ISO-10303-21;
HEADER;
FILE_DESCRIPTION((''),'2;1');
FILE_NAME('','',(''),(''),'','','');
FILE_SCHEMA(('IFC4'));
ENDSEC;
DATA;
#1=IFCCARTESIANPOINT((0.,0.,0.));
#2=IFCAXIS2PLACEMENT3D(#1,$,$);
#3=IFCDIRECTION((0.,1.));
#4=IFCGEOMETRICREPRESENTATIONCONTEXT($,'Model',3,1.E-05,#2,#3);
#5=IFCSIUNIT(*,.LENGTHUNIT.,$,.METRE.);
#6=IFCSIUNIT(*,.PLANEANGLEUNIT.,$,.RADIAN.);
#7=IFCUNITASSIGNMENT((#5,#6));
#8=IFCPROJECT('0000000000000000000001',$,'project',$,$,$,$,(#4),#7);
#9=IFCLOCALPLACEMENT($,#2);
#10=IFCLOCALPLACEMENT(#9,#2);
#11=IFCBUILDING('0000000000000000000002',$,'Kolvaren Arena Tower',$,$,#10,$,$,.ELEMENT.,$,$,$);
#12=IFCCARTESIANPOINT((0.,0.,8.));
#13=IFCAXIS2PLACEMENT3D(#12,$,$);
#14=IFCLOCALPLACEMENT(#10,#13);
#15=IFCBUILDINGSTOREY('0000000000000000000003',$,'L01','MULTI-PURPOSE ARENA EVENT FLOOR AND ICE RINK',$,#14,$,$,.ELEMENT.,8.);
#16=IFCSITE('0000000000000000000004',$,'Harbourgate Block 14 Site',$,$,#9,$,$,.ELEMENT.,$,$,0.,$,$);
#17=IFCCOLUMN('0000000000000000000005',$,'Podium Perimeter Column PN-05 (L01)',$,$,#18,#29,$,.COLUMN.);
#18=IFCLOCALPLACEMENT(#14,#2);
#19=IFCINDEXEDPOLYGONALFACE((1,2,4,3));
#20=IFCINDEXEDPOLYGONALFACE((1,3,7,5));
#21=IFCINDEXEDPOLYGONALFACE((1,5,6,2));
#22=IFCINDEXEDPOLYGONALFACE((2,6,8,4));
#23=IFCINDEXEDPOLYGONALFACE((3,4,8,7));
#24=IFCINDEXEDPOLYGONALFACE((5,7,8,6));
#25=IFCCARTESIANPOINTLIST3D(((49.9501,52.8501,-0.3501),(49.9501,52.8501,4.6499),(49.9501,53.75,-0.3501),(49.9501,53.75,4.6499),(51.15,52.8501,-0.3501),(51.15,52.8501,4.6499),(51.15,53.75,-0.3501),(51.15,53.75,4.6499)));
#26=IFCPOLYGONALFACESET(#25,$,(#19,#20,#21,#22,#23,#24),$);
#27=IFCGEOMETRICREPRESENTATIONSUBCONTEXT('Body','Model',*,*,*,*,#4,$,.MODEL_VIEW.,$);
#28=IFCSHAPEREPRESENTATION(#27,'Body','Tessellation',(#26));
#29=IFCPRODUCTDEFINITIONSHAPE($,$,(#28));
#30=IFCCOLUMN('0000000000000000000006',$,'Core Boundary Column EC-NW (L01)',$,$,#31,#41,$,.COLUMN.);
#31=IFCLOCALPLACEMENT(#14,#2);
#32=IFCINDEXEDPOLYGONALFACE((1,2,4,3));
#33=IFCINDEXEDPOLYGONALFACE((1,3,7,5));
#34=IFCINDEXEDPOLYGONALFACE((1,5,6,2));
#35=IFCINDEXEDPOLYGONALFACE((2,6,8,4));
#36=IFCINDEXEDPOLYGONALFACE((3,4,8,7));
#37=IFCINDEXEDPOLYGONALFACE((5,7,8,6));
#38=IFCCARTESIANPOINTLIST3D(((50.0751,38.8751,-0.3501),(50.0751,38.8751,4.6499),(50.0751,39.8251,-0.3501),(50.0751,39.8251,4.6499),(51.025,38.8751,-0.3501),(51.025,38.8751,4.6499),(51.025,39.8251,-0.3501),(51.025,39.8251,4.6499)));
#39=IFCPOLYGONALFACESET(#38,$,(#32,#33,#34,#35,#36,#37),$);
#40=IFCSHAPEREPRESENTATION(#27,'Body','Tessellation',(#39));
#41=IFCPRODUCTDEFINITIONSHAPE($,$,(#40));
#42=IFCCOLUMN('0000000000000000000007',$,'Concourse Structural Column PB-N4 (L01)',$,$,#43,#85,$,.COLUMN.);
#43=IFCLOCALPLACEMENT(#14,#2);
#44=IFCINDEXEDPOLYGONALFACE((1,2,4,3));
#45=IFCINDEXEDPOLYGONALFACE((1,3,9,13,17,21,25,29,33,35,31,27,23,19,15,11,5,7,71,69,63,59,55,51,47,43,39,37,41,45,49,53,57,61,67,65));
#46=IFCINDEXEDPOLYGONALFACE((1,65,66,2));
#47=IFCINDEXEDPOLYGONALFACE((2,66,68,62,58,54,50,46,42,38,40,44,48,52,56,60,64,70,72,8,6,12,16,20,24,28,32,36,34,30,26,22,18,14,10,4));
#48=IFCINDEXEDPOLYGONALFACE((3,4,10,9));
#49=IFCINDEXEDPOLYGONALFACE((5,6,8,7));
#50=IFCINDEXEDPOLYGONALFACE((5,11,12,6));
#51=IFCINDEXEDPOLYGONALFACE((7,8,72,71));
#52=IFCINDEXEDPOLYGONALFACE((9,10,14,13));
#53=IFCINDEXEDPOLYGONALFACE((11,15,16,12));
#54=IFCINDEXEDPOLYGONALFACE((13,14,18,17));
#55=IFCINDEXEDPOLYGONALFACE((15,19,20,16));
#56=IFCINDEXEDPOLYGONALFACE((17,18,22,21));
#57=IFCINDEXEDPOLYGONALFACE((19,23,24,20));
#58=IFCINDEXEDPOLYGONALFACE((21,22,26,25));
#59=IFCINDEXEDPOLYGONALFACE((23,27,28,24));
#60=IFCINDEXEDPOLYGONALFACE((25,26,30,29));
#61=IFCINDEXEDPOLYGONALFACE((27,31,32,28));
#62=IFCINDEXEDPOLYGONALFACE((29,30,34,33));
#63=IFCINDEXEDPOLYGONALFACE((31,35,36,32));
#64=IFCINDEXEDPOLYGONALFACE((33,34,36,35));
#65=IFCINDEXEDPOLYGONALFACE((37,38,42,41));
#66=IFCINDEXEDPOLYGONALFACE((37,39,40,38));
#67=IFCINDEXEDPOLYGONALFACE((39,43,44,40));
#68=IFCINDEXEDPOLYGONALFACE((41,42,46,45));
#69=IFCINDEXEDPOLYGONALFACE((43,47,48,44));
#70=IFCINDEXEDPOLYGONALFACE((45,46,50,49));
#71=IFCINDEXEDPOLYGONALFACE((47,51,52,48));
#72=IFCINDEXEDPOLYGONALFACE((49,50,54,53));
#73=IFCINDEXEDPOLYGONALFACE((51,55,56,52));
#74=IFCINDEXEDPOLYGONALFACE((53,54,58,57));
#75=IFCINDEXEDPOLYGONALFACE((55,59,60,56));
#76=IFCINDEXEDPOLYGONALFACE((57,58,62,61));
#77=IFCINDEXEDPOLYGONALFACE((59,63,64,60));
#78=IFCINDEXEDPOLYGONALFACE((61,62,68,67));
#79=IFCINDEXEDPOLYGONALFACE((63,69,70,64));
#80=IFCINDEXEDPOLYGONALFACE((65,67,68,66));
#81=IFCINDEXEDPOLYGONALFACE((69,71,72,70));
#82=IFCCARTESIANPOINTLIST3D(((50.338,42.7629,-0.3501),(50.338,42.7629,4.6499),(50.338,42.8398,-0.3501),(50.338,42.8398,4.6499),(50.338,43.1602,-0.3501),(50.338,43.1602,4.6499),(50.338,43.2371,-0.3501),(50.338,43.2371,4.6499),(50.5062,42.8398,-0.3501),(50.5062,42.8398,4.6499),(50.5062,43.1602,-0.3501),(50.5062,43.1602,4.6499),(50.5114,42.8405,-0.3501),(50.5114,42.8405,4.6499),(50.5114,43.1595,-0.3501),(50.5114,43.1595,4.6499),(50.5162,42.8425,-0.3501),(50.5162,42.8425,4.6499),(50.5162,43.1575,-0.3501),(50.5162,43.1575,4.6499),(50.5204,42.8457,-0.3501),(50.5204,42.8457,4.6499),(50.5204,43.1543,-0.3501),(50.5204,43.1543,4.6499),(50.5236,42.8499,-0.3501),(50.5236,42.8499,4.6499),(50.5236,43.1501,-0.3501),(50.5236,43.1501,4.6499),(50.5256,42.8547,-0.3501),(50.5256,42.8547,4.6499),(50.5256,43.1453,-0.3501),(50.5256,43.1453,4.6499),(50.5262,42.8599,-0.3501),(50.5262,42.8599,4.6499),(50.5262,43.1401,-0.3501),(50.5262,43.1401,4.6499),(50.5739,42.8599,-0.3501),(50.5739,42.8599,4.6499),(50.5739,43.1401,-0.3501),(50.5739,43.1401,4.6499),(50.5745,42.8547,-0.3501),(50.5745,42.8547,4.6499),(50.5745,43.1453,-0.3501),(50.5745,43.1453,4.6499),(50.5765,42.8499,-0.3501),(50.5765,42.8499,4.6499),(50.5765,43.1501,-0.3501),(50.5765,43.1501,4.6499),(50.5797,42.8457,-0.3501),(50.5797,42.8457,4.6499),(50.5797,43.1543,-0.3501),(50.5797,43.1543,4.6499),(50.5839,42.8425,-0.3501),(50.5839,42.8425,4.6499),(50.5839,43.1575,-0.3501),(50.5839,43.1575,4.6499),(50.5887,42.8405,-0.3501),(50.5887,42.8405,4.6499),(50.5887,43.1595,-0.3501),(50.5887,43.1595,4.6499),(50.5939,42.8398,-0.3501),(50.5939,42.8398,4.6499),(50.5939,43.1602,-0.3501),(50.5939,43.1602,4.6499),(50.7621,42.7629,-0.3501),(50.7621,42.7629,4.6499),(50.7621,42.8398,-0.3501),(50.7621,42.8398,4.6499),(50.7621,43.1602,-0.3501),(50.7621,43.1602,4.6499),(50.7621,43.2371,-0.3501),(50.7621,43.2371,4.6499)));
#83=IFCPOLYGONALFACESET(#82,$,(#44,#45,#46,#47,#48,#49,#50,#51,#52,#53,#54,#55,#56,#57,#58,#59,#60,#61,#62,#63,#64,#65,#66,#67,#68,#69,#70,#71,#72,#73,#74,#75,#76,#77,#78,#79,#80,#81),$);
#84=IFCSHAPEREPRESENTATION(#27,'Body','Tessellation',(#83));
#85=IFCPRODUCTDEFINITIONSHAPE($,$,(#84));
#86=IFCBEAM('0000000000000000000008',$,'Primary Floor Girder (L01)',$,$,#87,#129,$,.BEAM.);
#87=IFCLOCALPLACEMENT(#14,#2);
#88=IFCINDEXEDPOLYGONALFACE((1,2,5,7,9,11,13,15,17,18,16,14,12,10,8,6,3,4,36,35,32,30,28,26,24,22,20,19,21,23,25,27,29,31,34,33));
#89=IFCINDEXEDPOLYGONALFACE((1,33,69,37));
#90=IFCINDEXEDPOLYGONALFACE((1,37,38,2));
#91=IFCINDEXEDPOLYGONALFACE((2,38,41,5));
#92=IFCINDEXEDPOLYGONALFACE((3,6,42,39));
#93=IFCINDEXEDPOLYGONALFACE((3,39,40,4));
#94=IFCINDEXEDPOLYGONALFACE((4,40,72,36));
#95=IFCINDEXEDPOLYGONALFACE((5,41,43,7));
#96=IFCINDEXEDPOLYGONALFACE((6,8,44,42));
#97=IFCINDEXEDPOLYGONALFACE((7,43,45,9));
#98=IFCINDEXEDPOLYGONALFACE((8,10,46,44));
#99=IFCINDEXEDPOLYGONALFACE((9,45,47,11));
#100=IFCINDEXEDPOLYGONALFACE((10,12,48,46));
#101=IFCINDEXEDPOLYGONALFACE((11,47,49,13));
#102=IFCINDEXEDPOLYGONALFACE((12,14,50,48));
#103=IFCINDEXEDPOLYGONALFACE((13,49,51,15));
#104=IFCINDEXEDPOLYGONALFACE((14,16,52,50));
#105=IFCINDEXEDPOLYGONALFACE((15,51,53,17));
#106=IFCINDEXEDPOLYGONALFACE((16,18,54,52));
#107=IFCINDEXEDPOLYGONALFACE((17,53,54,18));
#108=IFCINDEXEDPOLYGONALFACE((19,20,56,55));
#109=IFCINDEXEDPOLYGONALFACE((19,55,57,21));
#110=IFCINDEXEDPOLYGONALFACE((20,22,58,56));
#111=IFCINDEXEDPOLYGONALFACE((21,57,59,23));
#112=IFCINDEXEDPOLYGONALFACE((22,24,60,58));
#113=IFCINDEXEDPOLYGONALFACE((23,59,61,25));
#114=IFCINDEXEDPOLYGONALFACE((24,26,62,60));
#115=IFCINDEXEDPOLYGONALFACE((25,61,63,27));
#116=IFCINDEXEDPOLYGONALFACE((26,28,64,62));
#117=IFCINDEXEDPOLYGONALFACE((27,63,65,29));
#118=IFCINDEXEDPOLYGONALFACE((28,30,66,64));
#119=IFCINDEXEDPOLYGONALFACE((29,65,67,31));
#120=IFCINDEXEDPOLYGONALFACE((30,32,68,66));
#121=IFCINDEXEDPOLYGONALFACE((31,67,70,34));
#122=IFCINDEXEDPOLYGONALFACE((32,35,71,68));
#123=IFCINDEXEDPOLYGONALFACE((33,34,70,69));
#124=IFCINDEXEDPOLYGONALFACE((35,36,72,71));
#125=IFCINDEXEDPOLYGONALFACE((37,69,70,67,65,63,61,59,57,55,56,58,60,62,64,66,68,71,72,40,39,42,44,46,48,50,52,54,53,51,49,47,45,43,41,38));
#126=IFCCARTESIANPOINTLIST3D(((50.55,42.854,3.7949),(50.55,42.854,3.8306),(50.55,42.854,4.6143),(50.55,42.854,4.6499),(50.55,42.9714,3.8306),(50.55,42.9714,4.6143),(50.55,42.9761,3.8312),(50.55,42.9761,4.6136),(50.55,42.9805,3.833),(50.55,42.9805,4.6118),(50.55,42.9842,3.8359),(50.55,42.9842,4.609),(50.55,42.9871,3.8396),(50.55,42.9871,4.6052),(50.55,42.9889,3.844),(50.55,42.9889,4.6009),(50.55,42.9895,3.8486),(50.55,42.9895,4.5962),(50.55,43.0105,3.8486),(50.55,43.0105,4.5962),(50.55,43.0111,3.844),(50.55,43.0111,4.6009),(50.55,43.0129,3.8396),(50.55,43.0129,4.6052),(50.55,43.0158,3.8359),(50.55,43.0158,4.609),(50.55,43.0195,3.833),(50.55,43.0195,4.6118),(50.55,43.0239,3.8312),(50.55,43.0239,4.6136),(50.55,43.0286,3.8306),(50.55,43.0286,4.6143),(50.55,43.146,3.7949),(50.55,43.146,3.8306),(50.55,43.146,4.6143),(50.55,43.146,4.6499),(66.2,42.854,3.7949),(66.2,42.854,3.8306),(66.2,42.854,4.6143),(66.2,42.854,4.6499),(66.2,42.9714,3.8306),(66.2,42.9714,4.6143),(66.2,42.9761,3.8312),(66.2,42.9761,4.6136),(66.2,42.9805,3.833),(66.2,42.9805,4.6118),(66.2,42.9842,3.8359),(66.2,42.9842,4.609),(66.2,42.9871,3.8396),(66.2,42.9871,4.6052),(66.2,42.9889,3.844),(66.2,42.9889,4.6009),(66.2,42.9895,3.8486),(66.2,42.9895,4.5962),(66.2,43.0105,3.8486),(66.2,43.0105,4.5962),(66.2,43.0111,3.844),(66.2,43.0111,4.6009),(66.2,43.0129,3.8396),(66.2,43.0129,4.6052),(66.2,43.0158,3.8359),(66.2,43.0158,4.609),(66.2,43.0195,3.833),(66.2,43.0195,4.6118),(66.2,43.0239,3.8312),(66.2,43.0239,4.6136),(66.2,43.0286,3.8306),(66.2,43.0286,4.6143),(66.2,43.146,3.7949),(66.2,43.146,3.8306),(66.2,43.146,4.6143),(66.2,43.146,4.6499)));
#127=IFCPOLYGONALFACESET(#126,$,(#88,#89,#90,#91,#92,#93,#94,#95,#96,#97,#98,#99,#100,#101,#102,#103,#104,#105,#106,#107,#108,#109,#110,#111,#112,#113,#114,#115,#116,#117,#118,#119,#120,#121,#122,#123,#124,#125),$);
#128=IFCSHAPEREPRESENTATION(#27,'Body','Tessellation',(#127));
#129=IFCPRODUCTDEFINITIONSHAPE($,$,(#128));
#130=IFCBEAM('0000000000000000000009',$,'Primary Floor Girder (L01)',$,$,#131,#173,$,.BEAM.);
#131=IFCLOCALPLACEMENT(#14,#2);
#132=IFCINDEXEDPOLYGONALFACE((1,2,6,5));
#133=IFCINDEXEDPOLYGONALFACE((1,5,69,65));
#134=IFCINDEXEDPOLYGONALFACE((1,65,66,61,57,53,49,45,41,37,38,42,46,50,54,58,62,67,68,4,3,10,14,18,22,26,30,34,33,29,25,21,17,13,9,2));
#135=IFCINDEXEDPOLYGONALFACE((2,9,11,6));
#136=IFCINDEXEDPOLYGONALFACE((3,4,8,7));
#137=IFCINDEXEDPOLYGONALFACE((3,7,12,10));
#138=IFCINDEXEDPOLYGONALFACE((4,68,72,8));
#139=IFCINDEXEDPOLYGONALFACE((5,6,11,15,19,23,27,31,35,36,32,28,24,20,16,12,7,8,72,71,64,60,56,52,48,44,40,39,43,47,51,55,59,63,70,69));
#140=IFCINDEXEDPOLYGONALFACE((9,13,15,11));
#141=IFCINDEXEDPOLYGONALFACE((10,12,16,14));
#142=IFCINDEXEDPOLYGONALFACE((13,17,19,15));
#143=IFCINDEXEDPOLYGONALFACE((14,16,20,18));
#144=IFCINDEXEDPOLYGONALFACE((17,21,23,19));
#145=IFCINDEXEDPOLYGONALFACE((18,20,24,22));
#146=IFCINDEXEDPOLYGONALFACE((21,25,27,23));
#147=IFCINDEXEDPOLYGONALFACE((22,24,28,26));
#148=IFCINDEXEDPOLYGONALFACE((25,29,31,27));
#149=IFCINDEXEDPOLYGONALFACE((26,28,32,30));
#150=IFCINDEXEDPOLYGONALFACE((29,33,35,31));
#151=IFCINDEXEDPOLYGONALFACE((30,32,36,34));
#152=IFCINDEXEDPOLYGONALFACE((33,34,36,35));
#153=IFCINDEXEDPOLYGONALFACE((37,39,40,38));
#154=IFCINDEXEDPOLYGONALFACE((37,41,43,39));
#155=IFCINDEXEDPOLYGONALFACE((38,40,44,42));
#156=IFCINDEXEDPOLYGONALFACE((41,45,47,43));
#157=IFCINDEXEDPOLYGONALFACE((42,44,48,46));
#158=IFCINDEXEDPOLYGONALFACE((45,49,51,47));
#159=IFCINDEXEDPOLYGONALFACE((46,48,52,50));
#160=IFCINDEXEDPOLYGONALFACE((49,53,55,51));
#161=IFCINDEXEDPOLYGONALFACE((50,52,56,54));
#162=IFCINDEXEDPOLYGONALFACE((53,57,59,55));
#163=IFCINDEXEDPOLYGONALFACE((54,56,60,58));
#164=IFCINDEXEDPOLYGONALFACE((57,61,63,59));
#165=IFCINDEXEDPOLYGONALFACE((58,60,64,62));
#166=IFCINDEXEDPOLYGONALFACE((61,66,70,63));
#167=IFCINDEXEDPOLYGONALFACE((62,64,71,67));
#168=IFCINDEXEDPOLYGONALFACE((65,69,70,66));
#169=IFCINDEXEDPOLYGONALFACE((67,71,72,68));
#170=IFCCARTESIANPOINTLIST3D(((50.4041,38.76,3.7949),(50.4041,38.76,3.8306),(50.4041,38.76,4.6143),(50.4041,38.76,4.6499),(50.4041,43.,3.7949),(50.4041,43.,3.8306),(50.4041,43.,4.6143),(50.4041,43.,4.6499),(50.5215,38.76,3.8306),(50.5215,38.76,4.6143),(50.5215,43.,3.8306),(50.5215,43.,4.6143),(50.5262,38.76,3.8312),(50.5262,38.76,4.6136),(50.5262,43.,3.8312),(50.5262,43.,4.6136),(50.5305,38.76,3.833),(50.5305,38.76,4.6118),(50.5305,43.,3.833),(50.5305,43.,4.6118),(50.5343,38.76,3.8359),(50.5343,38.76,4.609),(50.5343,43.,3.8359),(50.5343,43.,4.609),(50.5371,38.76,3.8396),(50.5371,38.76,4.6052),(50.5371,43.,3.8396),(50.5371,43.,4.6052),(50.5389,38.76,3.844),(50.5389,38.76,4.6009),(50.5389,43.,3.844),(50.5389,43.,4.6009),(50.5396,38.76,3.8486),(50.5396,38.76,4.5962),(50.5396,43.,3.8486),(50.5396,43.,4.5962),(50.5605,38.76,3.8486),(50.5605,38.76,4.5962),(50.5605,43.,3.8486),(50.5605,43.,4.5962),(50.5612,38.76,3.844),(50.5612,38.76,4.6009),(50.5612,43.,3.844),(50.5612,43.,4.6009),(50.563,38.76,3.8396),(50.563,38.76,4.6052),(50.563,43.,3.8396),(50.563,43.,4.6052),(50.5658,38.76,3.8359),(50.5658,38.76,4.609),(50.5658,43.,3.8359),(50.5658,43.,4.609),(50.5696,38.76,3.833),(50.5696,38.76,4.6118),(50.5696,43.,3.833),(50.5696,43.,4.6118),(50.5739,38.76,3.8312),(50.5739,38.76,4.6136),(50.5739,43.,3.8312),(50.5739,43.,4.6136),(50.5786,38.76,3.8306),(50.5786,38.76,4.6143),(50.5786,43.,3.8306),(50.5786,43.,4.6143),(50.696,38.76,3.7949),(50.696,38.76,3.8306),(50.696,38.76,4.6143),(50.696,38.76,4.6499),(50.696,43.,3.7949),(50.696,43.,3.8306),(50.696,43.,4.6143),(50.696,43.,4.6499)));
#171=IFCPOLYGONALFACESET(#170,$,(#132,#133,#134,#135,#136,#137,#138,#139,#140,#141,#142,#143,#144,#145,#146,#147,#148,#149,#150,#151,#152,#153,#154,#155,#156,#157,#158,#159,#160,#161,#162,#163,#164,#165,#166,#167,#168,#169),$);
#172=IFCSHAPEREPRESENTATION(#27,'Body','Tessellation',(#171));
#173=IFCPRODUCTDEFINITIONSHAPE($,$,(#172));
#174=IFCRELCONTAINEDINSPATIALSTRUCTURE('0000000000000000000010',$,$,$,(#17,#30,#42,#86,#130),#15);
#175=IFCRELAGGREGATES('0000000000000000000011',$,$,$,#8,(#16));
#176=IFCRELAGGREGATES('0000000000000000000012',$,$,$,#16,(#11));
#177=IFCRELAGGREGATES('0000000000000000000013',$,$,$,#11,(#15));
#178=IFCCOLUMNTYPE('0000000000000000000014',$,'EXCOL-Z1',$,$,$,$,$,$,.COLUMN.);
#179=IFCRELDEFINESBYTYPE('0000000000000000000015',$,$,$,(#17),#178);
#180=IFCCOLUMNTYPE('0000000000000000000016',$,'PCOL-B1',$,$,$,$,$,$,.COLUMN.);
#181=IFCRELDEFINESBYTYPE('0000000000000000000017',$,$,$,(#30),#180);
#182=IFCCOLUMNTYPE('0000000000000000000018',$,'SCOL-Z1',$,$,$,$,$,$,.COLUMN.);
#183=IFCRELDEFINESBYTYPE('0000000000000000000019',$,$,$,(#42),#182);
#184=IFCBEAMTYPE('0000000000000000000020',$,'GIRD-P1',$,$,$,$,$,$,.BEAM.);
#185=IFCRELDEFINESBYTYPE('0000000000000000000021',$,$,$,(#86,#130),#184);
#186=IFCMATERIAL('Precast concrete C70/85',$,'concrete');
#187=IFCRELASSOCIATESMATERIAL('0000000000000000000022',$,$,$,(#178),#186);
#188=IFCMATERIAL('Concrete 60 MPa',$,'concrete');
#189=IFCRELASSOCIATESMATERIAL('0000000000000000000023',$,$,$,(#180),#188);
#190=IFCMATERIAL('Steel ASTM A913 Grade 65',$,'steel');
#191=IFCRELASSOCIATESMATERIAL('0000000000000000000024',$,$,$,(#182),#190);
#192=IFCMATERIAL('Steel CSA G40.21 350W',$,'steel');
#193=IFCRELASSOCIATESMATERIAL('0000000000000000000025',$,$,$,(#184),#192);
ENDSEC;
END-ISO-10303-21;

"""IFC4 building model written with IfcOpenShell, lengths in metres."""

from ifc_helpers import new_model, si_unit, direction, frame, origin, origin_2d, place, context, subcontext, project, spatial, rectangle, i_section, extrude, material, material_profile, profile_set, type_object, element, save


model = new_model("IFC4")

# Units and contexts
model_context = context("Model", 3, precision=1e-05, world=origin(), true_north=direction((0.0, 1.0)))
body_context = subcontext(model_context, "Body", "Model", "MODEL_VIEW")
ifc_project = project(units=[si_unit("LENGTHUNIT", "METRE"), si_unit("PLANEANGLEUNIT", "RADIAN")], contexts=[model_context])

# Site, building, storey
site_placement = place(None, origin())
site = spatial("IfcSite", under=ifc_project, at=site_placement, Name="Harbourgate Block 14 Site", CompositionType="ELEMENT", RefElevation=0.0)
building_placement = place(site_placement, origin())
building = spatial("IfcBuilding", under=site, at=building_placement, Name="Kolvaren Arena Tower", CompositionType="ELEMENT")
storey_placement = place(building_placement, frame((0.0, 0.0, 8.0)))
storey = spatial("IfcBuildingStorey", under=building, at=storey_placement, Name="L01", Description="MULTI-PURPOSE ARENA EVENT FLOOR AND ICE RINK", CompositionType="ELEMENT", Elevation=8.0)

# Columns
ifc_material_1 = material(Name="Precast concrete C70/85", Category="concrete")
ifc_material_profile_1 = material_profile(ifc_material_1, rectangle(XDim=1.2, YDim=0.8999, at=origin_2d()), Name="RC-1200x900")
ifc_profile_set_1 = profile_set([ifc_material_profile_1], Name="Precast concrete C70/85")
column_type_1 = type_object("IfcColumnType", Name="EXCOL-Z1", PredefinedType="COLUMN", material=ifc_profile_set_1)
column_1_placement = place(storey_placement, frame((50.55, 53.3, -0.3501), z_axis=(0.0, 0.0, 1.0), x_axis=(1.0, 0.0, 0.0)))
element("IfcColumn", 1, at=column_1_placement, inside=storey, type_object=column_type_1, Name="Podium Perimeter Column PN-05 (L01)", PredefinedType="COLUMN", context=body_context, shape_type="SweptSolid", body=[
    extrude(rectangle(XDim=1.2, YDim=0.8999, at=origin_2d()), origin(), (0.0, 0.0, 1.0), 5.0),
])
ifc_material_2 = material(Name="Concrete 60 MPa", Category="concrete")
ifc_material_profile_2 = material_profile(ifc_material_2, rectangle(XDim=0.95, YDim=0.95, at=origin_2d()), Name="RC-950x950")
ifc_profile_set_2 = profile_set([ifc_material_profile_2], Name="Concrete 60 MPa")
column_type_2 = type_object("IfcColumnType", Name="PCOL-B1", PredefinedType="COLUMN", material=ifc_profile_set_2)
column_2_placement = place(storey_placement, frame((50.55, 39.3501, -0.3501), z_axis=(0.0, 0.0, 1.0), x_axis=(1.0, 0.0, 0.0)))
element("IfcColumn", 2, at=column_2_placement, inside=storey, type_object=column_type_2, Name="Core Boundary Column EC-NW (L01)", PredefinedType="COLUMN", context=body_context, shape_type="SweptSolid", body=[
    extrude(rectangle(XDim=0.95, YDim=0.95, at=origin_2d()), origin(), (0.0, 0.0, 1.0), 5.0),
])
ifc_material_3 = material(Name="Steel ASTM A913 Grade 65", Category="steel")
ifc_material_profile_3 = material_profile(ifc_material_3, i_section(OverallWidth=0.4241, OverallDepth=0.4741, WebThickness=0.0476, FlangeThickness=0.0769, FilletRadius=0.02, at=origin_2d()), Name="W360x634")
ifc_profile_set_3 = profile_set([ifc_material_profile_3], Name="Steel ASTM A913 Grade 65")
column_type_3 = type_object("IfcColumnType", Name="SCOL-Z1", PredefinedType="COLUMN", material=ifc_profile_set_3)
column_3_placement = place(storey_placement, frame((50.55, 43.0, -0.3501), z_axis=(0.0, 0.0, 1.0), x_axis=(1.0, 0.0, 0.0)))
element("IfcColumn", 3, at=column_3_placement, inside=storey, type_object=column_type_3, Name="Concourse Structural Column PB-N4 (L01)", PredefinedType="COLUMN", context=body_context, shape_type="SweptSolid", body=[
    extrude(i_section(OverallWidth=0.4241, OverallDepth=0.4741, WebThickness=0.0476, FlangeThickness=0.0769, FilletRadius=0.02, at=origin_2d()), origin(), (0.0, 0.0, 1.0), 5.0),
])

# Beams
ifc_material_4 = material(Name="Steel CSA G40.21 350W", Category="steel")
ifc_material_profile_4 = material_profile(ifc_material_4, i_section(OverallWidth=0.292, OverallDepth=0.855, WebThickness=0.021, FlangeThickness=0.0356, FilletRadius=0.0181, at=origin_2d()), Name="W840x299")
ifc_profile_set_4 = profile_set([ifc_material_profile_4], Name="Steel CSA G40.21 350W")
beam_type_1 = type_object("IfcBeamType", Name="GIRD-P1", PredefinedType="BEAM", material=ifc_profile_set_4)
beam_1_placement = place(storey_placement, frame((50.55, 43.0, 4.2224), z_axis=(1.0, 0.0, 0.0), x_axis=(0.0, 1.0, 0.0)))
element("IfcBeam", 4, at=beam_1_placement, inside=storey, type_object=beam_type_1, Name="Primary Floor Girder (L01)", PredefinedType="BEAM", context=body_context, shape_type="SweptSolid", body=[
    extrude(i_section(OverallWidth=0.292, OverallDepth=0.855, WebThickness=0.021, FlangeThickness=0.0356, FilletRadius=0.0181, at=origin_2d()), origin(), (0.0, 0.0, 1.0), 15.6499),
])
beam_2_placement = place(storey_placement, frame((50.55, 38.76, 4.2224), z_axis=(0.0, 1.0, 0.0), x_axis=(-1.0, 0.0, 0.0)))
element("IfcBeam", 5, at=beam_2_placement, inside=storey, type_object=beam_type_1, Name="Primary Floor Girder (L01)", PredefinedType="BEAM", context=body_context, shape_type="SweptSolid", body=[
    extrude(i_section(OverallWidth=0.292, OverallDepth=0.855, WebThickness=0.021, FlangeThickness=0.0356, FilletRadius=0.0181, at=origin_2d()), origin(), (0.0, 0.0, 1.0), 4.24),
])

save(model, "model.ifc")
